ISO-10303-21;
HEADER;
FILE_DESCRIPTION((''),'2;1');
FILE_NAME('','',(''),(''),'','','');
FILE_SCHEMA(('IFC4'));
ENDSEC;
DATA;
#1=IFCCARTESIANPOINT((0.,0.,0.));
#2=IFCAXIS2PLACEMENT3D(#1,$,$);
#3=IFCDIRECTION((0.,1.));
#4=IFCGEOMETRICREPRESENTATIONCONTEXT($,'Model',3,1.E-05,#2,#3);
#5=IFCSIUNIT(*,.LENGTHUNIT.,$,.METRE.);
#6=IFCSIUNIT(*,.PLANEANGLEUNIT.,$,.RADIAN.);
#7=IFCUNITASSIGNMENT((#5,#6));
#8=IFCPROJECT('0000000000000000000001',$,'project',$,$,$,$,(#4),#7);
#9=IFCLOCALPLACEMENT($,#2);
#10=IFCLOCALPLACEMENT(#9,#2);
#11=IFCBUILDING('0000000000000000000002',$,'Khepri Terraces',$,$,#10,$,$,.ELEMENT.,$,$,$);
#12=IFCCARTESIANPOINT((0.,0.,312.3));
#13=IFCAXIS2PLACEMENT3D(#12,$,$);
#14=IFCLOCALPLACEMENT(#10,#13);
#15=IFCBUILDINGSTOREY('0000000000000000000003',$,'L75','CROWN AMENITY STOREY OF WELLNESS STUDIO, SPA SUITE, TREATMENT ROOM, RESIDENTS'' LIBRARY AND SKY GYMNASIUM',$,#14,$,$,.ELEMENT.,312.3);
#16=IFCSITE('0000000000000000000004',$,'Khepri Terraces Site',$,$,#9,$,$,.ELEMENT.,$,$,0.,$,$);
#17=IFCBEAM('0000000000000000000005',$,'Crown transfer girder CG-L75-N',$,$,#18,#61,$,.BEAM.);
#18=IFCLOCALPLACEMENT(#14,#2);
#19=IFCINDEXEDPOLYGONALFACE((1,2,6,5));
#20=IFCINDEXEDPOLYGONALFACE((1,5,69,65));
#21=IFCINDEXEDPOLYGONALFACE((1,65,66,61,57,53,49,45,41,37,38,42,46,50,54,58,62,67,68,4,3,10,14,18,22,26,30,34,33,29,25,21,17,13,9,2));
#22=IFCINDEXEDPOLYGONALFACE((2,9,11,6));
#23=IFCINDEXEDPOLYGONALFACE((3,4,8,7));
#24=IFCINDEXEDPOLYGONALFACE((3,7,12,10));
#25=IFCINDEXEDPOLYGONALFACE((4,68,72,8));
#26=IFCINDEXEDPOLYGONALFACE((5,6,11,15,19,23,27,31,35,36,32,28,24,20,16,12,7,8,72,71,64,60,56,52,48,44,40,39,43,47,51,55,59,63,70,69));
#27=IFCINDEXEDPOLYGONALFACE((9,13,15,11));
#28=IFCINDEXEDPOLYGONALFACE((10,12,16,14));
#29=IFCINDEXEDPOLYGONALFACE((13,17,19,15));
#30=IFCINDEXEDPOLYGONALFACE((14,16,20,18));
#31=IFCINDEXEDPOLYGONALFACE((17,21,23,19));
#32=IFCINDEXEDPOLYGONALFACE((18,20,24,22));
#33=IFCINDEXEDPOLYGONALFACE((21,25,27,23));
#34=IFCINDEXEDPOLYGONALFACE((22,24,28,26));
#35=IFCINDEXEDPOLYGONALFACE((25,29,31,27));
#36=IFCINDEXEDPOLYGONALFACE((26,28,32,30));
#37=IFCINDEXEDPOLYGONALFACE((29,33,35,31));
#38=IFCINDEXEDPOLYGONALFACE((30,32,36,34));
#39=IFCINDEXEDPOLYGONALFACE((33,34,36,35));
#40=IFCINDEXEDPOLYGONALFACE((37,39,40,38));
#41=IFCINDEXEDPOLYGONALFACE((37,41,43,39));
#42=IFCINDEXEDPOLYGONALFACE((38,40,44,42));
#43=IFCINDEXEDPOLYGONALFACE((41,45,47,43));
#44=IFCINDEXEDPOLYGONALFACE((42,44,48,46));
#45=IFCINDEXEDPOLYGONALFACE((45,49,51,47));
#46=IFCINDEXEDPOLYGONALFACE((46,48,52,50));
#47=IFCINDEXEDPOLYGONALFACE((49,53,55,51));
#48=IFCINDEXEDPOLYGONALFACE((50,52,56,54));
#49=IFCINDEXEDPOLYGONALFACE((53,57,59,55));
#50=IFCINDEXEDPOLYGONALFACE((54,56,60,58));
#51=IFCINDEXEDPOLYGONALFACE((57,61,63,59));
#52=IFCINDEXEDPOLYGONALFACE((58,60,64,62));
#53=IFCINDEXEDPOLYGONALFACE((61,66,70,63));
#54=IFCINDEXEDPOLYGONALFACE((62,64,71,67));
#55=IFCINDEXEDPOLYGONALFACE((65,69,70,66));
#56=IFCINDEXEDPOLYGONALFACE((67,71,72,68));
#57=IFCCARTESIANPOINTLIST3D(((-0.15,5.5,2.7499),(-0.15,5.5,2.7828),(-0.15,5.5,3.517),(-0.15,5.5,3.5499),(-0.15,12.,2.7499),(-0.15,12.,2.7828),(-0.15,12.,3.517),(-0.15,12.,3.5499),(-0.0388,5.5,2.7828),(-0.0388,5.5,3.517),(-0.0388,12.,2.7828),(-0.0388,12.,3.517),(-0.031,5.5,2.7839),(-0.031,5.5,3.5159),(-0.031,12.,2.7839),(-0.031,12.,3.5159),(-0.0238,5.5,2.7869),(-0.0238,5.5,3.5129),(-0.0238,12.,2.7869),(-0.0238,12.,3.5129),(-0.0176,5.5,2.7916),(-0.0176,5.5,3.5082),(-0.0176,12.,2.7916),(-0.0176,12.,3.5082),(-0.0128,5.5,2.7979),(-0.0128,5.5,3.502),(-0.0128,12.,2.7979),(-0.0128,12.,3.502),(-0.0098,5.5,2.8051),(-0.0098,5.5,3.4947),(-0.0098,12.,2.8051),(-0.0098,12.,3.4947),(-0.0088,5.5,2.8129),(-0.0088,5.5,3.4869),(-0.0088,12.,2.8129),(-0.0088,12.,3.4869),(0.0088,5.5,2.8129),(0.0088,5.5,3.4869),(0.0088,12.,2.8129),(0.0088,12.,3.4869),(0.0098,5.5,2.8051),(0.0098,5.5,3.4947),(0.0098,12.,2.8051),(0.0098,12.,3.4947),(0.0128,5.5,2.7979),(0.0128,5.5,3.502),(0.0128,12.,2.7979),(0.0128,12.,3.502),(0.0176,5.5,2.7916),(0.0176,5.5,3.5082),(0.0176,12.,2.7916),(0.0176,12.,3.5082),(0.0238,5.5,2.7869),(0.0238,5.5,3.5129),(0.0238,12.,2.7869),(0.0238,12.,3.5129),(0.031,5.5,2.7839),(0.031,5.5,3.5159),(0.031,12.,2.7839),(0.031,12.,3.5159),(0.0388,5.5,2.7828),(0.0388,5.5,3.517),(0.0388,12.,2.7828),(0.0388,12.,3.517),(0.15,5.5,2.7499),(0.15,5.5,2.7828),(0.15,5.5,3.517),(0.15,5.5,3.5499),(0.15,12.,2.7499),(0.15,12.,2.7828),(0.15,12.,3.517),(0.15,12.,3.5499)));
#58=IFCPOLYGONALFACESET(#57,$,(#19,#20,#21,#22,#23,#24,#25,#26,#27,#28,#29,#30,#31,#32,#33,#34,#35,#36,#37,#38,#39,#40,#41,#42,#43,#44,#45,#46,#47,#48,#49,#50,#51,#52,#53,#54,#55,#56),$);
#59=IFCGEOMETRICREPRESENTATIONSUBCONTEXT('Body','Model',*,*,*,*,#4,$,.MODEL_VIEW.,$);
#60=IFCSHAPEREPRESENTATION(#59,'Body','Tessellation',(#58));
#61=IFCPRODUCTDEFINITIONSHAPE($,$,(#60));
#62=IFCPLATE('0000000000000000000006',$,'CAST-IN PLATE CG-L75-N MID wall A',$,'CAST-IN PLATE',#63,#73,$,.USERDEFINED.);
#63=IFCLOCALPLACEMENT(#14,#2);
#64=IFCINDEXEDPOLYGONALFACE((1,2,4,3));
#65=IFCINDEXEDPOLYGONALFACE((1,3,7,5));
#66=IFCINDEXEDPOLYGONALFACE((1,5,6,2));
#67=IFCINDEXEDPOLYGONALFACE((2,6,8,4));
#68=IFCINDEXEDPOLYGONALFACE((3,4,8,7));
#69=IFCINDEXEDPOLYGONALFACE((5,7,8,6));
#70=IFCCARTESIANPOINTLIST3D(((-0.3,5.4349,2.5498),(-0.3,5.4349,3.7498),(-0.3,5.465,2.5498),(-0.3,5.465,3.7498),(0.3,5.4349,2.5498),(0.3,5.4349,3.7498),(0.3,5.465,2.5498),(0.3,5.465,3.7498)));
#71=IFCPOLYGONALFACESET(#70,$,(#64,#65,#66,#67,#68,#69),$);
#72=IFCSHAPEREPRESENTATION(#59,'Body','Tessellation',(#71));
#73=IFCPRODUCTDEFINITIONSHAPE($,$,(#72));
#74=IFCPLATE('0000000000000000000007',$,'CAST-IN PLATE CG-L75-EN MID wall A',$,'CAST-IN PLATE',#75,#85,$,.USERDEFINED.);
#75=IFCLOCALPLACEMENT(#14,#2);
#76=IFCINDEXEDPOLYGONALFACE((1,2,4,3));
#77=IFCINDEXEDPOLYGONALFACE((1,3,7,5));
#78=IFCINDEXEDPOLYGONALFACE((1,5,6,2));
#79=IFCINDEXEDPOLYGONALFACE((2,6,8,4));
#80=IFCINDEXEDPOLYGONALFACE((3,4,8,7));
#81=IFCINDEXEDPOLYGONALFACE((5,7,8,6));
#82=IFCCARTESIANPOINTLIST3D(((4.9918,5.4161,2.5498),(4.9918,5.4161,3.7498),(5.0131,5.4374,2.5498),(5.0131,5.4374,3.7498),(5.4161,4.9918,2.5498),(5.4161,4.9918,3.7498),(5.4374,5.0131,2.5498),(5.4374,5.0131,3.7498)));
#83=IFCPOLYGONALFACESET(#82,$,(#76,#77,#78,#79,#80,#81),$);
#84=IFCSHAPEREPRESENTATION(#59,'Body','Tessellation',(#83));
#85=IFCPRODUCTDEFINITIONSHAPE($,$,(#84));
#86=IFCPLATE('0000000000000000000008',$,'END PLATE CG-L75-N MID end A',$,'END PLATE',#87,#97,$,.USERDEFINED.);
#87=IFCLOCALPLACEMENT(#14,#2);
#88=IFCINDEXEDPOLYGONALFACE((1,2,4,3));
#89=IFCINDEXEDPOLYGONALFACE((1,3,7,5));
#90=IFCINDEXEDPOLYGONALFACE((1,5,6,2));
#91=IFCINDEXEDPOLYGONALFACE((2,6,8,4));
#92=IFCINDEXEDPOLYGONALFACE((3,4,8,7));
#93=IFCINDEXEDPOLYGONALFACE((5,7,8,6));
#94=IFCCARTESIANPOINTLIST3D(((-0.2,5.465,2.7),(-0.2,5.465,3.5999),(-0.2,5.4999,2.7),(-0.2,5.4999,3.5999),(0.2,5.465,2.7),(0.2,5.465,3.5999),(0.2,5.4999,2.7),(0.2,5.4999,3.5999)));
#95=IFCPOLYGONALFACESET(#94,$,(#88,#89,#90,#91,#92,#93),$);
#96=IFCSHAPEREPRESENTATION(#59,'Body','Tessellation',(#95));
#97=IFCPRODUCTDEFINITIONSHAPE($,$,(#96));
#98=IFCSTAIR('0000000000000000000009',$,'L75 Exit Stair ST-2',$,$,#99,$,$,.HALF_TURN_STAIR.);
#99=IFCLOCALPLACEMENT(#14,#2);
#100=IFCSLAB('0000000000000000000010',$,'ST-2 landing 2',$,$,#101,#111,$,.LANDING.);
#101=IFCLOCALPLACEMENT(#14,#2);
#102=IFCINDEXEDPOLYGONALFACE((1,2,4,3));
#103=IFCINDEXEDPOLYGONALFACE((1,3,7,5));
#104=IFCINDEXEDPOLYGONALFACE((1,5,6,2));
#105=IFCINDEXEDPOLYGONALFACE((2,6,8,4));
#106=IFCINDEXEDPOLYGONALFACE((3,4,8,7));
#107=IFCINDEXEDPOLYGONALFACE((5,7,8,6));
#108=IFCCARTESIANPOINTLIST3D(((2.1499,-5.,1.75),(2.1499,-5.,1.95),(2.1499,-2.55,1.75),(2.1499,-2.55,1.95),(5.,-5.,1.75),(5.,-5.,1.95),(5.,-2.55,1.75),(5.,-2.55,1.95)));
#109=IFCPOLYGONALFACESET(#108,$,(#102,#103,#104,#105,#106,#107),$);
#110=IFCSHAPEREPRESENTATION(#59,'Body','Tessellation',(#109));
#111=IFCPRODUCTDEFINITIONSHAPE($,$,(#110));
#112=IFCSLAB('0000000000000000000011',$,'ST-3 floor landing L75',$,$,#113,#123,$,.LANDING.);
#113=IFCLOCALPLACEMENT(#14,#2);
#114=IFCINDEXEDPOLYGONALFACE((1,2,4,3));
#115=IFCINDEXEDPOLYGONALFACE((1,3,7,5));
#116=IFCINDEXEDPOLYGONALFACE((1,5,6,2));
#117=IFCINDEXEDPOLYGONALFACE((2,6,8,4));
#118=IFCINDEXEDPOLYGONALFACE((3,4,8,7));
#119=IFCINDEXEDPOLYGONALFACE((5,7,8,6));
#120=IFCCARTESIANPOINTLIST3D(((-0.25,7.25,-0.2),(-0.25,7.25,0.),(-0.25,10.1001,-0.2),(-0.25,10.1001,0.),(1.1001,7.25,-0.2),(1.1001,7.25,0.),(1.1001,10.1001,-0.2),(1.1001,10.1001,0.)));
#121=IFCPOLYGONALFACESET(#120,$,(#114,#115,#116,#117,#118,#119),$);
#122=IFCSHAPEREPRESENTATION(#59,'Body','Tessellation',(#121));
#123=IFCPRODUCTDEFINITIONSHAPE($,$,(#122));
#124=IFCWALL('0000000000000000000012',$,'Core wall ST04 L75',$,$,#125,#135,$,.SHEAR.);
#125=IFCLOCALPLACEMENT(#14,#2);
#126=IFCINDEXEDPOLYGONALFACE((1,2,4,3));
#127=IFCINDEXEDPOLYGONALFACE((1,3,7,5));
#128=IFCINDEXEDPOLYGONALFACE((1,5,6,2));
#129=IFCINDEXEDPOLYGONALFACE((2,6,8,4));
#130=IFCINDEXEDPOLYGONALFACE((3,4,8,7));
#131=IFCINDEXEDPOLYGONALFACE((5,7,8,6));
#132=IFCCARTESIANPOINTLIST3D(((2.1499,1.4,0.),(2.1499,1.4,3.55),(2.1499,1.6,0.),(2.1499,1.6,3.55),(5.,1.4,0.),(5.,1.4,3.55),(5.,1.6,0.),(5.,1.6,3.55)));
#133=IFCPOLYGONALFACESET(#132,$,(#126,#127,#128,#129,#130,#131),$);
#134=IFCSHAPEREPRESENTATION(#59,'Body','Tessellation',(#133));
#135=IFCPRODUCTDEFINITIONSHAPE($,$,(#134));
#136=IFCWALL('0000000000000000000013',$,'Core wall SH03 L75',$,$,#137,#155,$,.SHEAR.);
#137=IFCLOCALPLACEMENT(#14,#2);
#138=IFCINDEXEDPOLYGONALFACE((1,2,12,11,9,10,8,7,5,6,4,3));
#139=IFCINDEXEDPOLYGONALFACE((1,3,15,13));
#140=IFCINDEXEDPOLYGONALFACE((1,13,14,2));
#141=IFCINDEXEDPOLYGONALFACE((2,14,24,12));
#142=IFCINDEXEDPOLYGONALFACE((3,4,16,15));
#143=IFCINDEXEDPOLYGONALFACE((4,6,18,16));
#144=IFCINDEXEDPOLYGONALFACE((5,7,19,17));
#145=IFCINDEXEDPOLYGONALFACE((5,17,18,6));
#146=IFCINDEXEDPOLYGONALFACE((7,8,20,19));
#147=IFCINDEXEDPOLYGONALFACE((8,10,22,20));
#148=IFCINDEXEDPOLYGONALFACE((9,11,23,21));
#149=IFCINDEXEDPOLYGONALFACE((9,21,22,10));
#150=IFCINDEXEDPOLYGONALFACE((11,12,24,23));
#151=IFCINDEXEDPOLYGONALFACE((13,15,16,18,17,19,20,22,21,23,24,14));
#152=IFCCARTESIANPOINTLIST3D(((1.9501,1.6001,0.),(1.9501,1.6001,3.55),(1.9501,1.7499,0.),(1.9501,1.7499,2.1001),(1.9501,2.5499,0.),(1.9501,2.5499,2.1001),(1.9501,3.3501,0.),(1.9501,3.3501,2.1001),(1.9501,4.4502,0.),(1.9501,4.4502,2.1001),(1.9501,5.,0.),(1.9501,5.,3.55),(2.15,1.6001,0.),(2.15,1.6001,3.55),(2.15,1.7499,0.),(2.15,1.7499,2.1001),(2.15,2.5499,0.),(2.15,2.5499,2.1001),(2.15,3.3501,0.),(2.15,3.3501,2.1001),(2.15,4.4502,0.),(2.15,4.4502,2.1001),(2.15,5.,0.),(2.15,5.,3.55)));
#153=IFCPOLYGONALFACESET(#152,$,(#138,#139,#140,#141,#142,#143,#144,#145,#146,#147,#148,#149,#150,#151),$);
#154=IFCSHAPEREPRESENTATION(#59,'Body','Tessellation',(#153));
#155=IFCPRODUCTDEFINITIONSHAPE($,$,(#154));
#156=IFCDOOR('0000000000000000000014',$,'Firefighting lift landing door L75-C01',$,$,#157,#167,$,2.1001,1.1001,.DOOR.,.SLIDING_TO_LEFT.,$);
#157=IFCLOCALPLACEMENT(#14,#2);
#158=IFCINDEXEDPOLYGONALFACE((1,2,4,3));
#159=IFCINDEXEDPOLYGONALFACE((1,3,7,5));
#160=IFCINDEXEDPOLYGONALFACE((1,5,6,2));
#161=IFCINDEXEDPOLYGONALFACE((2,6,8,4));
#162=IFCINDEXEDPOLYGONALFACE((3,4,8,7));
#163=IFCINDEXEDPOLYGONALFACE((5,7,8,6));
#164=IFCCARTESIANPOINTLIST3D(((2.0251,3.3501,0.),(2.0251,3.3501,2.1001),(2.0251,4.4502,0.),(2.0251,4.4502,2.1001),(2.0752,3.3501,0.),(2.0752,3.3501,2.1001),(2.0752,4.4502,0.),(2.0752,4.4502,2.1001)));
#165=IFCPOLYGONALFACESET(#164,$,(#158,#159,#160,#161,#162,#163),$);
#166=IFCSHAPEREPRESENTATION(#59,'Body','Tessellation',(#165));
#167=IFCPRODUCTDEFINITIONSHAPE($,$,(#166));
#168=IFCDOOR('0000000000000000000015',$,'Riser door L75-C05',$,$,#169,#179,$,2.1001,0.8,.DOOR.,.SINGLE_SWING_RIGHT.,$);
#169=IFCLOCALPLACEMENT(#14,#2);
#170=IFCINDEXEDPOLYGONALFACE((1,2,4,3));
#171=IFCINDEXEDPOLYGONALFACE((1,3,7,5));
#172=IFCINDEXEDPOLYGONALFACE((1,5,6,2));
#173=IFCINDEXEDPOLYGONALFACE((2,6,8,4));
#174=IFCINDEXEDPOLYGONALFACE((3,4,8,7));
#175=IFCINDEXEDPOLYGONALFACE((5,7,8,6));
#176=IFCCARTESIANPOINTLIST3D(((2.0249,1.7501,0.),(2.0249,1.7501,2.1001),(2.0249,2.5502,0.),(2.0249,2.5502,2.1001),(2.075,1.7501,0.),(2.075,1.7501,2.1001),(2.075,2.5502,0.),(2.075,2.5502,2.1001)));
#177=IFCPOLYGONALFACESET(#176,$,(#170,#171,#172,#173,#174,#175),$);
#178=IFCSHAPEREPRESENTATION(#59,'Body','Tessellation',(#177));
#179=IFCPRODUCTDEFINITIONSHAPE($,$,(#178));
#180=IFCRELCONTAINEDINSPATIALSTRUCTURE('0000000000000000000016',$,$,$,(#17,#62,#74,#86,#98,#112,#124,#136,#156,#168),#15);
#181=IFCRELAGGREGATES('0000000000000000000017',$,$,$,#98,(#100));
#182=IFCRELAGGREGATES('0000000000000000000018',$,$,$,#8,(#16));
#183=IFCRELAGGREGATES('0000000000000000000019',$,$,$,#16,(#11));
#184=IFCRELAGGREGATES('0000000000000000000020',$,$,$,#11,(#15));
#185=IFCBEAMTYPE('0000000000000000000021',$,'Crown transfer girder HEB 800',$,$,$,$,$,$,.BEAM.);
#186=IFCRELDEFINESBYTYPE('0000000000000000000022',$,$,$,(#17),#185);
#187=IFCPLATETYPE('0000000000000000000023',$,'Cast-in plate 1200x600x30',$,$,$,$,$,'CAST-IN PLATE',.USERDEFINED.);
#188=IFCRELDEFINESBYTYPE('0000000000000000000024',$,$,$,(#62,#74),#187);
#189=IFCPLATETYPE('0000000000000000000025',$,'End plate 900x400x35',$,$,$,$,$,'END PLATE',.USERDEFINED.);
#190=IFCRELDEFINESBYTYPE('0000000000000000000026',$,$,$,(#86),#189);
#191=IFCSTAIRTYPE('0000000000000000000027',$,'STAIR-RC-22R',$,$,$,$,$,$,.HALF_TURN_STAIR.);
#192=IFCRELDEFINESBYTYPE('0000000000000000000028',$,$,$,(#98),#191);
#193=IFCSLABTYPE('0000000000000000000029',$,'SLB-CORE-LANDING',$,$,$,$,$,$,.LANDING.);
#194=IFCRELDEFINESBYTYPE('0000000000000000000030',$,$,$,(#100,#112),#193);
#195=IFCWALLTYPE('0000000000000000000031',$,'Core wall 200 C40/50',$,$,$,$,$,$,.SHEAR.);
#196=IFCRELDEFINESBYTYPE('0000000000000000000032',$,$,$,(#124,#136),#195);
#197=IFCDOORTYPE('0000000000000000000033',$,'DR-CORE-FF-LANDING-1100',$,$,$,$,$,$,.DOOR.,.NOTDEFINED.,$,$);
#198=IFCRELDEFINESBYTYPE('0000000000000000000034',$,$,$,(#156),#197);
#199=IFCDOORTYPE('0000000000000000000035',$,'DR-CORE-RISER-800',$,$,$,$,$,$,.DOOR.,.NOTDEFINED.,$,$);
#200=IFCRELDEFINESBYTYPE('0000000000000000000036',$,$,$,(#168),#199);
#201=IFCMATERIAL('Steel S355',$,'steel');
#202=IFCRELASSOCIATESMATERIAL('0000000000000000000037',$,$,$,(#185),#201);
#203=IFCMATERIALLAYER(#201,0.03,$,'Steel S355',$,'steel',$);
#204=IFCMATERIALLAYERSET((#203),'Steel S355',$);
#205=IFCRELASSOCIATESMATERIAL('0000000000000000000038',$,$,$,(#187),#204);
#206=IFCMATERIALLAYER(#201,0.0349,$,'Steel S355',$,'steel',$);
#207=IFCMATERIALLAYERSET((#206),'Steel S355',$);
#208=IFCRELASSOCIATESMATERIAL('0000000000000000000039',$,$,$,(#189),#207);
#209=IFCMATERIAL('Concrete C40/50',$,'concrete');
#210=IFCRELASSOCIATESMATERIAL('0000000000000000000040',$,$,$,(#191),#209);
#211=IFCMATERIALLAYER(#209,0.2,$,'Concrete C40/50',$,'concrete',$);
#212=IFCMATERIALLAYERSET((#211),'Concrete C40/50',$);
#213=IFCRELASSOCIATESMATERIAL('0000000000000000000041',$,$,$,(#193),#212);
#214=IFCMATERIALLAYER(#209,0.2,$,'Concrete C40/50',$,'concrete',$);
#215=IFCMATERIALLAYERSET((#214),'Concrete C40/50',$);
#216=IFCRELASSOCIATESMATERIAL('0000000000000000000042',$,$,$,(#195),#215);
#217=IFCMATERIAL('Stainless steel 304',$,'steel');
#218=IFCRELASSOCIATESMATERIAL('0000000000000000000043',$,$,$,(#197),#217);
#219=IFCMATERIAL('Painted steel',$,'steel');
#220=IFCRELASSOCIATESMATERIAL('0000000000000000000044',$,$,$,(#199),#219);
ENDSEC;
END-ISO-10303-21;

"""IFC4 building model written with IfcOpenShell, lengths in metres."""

from ifc_helpers import new_model, si_unit, direction, frame, frame_2d, origin, origin_2d, place, context, subcontext, project, spatial, polyline, rectangle, i_section, outline, extrude, material, layer, layer_set, material_profile, profile_set, type_object, element, fill, aggregate, save


model = new_model("IFC4")

# Units and contexts
model_context = context("Model", 3, precision=1e-05, world=origin(), true_north=direction((0.0, 1.0)))
body_context = subcontext(model_context, "Body", "Model", "MODEL_VIEW")
ifc_project = project(units=[si_unit("LENGTHUNIT", "METRE"), si_unit("PLANEANGLEUNIT", "RADIAN")], contexts=[model_context])

# Site, building, storey
site_placement = place(None, origin())
site = spatial("IfcSite", under=ifc_project, at=site_placement, Name="Khepri Terraces Site", CompositionType="ELEMENT", RefElevation=0.0)
building_placement = place(site_placement, origin())
building = spatial("IfcBuilding", under=site, at=building_placement, Name="Khepri Terraces", CompositionType="ELEMENT")
storey_placement = place(building_placement, frame((0.0, 0.0, 312.3)))
storey = spatial("IfcBuildingStorey", under=building, at=storey_placement, Name="L75", Description="CROWN AMENITY STOREY OF WELLNESS STUDIO, SPA SUITE, TREATMENT ROOM, RESIDENTS' LIBRARY AND SKY GYMNASIUM", CompositionType="ELEMENT", Elevation=312.3)

# Beam
ifc_material_1 = material(Name="Steel S355", Category="steel")
ifc_material_profile = material_profile(ifc_material_1, i_section(OverallWidth=0.3, OverallDepth=0.8, WebThickness=0.0176, FlangeThickness=0.033, FilletRadius=0.03, at=origin_2d()), Name="Steel S355", Category="steel")
ifc_profile_set = profile_set([ifc_material_profile], Name="Steel S355")
beam_type = type_object("IfcBeamType", Name="Crown transfer girder HEB 800", PredefinedType="BEAM", material=ifc_profile_set)
beam_placement = place(storey_placement, frame((0.0, 5.5, 3.1499), z_axis=(0.0, 1.0, 0.0), x_axis=(-1.0, 0.0, 0.0)))
element("IfcBeam", 1, at=beam_placement, inside=storey, type_object=beam_type, Name="Crown transfer girder CG-L75-N", PredefinedType="BEAM", context=body_context, shape_type="SweptSolid", body=[
    extrude(i_section(OverallWidth=0.3, OverallDepth=0.8, WebThickness=0.0176, FlangeThickness=0.033, FilletRadius=0.03, at=origin_2d()), origin(), (0.0, 0.0, 1.0), 6.5),
])

# Plates
ifc_layer_1 = layer(ifc_material_1, 0.03, Name="Steel S355", Category="steel")
ifc_layer_set_1 = layer_set([ifc_layer_1], Name="Steel S355")
plate_type_1 = type_object("IfcPlateType", Name="Cast-in plate 1200x600x30", ElementType="CAST-IN PLATE", PredefinedType="USERDEFINED", material=ifc_layer_set_1)
for number, where, z_axis, x_axis, name in (
    (2, (0.0, 5.45, 2.5498), (0.0, 0.0, 1.0), (0.0, 1.0, 0.0), "CAST-IN PLATE CG-L75-N MID wall A"),
    (3, (5.2146, 5.2146, 2.5498), (0.0, 0.0, 1.0), (0.707107, 0.707107, 0.0), "CAST-IN PLATE CG-L75-EN MID wall A"),
):
    element("IfcPlate", number, at=place(storey_placement, frame(where, z_axis=z_axis, x_axis=x_axis)), inside=storey, type_object=plate_type_1, Name=name, ObjectType="CAST-IN PLATE", PredefinedType="USERDEFINED", context=body_context, shape_type="SweptSolid", body=[
        extrude(rectangle(XDim=0.03, YDim=0.6001, at=origin_2d()), origin(), (0.0, 0.0, 1.0), 1.2),
    ])
ifc_layer_2 = layer(ifc_material_1, 0.0349, Name="Steel S355", Category="steel")
ifc_layer_set_2 = layer_set([ifc_layer_2], Name="Steel S355")
plate_type_2 = type_object("IfcPlateType", Name="End plate 900x400x35", ElementType="END PLATE", PredefinedType="USERDEFINED", material=ifc_layer_set_2)
plate_placement = place(storey_placement, frame((0.0, 5.4824, 2.7), z_axis=(0.0, 0.0, 1.0), x_axis=(0.0, 1.0, 0.0)))
element("IfcPlate", 4, at=plate_placement, inside=storey, type_object=plate_type_2, Name="END PLATE CG-L75-N MID end A", ObjectType="END PLATE", PredefinedType="USERDEFINED", context=body_context, shape_type="SweptSolid", body=[
    extrude(rectangle(XDim=0.0349, YDim=0.3999, at=origin_2d()), origin(), (0.0, 0.0, 1.0), 0.8999),
])

# Stair, slab
ifc_material_2 = material(Name="Concrete C40/50", Category="concrete")
stair_type = type_object("IfcStairType", Name="STAIR-RC-22R", PredefinedType="HALF_TURN_STAIR", material=ifc_material_2)
stair_placement = place(storey_placement, origin())
stair = element("IfcStair", 5, at=stair_placement, inside=storey, type_object=stair_type, Name="L75 Exit Stair ST-2", PredefinedType="HALF_TURN_STAIR")
ifc_layer_3 = layer(ifc_material_2, 0.2, Name="Concrete C40/50", Category="concrete")
ifc_layer_set_3 = layer_set([ifc_layer_3], Name="Concrete C40/50")
slab_type = type_object("IfcSlabType", Name="SLB-CORE-LANDING", PredefinedType="LANDING", material=ifc_layer_set_3)
slab_1_placement = place(storey_placement, frame((0.0, 0.0, 1.75)))
slab_1 = element("IfcSlab", 6, at=slab_1_placement, type_object=slab_type, Name="ST-2 landing 2", PredefinedType="LANDING", context=body_context, shape_type="SweptSolid", body=[
    extrude(outline(polyline([(2.1499, -2.55), (2.1499, -5.0), (5.0, -5.0), (5.0, -2.55), (2.1499, -2.55)])), origin(), (0.0, 0.0, 1.0), 0.2),
])

# Slab
slab_2_placement = place(storey_placement, frame((0.0, 0.0, -0.2)))
element("IfcSlab", 7, at=slab_2_placement, inside=storey, type_object=slab_type, Name="ST-3 floor landing L75", PredefinedType="LANDING", context=body_context, shape_type="SweptSolid", body=[
    extrude(outline(polyline([(1.1001, 10.1001), (-0.25, 10.1001), (-0.25, 7.25), (1.1001, 7.25), (1.1001, 10.1001)])), origin(), (0.0, 0.0, 1.0), 0.2),
])

# Wall
ifc_layer_4 = layer(ifc_material_2, 0.2, Name="Concrete C40/50", Category="concrete")
ifc_layer_set_4 = layer_set([ifc_layer_4], Name="Concrete C40/50")
wall_type_1 = type_object("IfcWallType", Name="Core wall 200 C40/50", PredefinedType="SHEAR", material=ifc_layer_set_4)
wall_1_placement = place(storey_placement, frame((2.1499, 1.5, 0.0), z_axis=(0.0, 0.0, 1.0), x_axis=(1.0, 0.0, 0.0)))
element("IfcWall", 8, at=wall_1_placement, inside=storey, type_object=wall_type_1, Name="Core wall ST04 L75", PredefinedType="SHEAR", context=body_context, shape_type="SweptSolid", body=[
    extrude(rectangle(XDim=2.8501, YDim=0.2, at=frame_2d((1.425, 0.0))), origin(), (0.0, 0.0, 1.0), 3.55),
])

# Wall, openings, doors
wall_2_placement = place(storey_placement, frame((2.05, 1.6001, 0.0), z_axis=(0.0, 0.0, 1.0), x_axis=(0.0, 1.0, 0.0)))
wall_2 = element("IfcWall", 9, at=wall_2_placement, inside=storey, type_object=wall_type_1, Name="Core wall SH03 L75", PredefinedType="SHEAR", context=body_context, shape_type="SweptSolid", body=[
    extrude(rectangle(XDim=3.3999, YDim=0.2, at=frame_2d((1.7, 0.0))), origin(), (0.0, 0.0, 1.0), 3.55),
])
opening_1_placement = place(wall_2_placement, frame((1.75, 0.0, 0.0)))
opening_1 = element("IfcOpeningElement", 10, at=opening_1_placement, cuts=wall_2, PredefinedType="OPENING", context=body_context, shape_type="SweptSolid", body=[
    extrude(rectangle(XDim=1.1001, YDim=2.1001, at=frame_2d((0.55, 1.05))), frame((0.0, 0.1099, 0.0), z_axis=(0.0, -1.0, 0.0), x_axis=(1.0, 0.0, 0.0)), (0.0, 0.0, 1.0), 0.22),
])
opening_2_placement = place(wall_2_placement, frame((0.1499, 0.0, 0.0)))
opening_2 = element("IfcOpeningElement", 11, at=opening_2_placement, cuts=wall_2, PredefinedType="OPENING", context=body_context, shape_type="SweptSolid", body=[
    extrude(rectangle(XDim=0.8, YDim=2.1001, at=frame_2d((0.3999, 1.05))), frame((0.0, 0.1099, 0.0), z_axis=(0.0, -1.0, 0.0), x_axis=(1.0, 0.0, 0.0)), (0.0, 0.0, 1.0), 0.22),
])
ifc_material_3 = material(Name="Stainless steel 304", Category="steel")
door_type_1 = type_object("IfcDoorType", Name="DR-CORE-FF-LANDING-1100", OperationType="NOTDEFINED", PredefinedType="DOOR", material=ifc_material_3)
door_1_placement = place(opening_1_placement, origin())
door_1 = element("IfcDoor", 12, at=door_1_placement, inside=storey, type_object=door_type_1, Name="Firefighting lift landing door L75-C01", OperationType="SLIDING_TO_LEFT", OverallHeight=2.1001, OverallWidth=1.1001, PredefinedType="DOOR", context=body_context, shape_type="SweptSolid", body=[
    extrude(rectangle(XDim=1.1001, YDim=2.1001, at=frame_2d((0.55, 1.05))), frame((0.0, 0.0249, 0.0), z_axis=(0.0, -1.0, 0.0), x_axis=(1.0, 0.0, 0.0)), (0.0, 0.0, 1.0), 0.05),
])
fill(opening_1, door_1)
ifc_material_4 = material(Name="Painted steel", Category="steel")
door_type_2 = type_object("IfcDoorType", Name="DR-CORE-RISER-800", OperationType="NOTDEFINED", PredefinedType="DOOR", material=ifc_material_4)
door_2_placement = place(opening_2_placement, frame((0.8, 0.0, 0.0), z_axis=(0.0, 0.0, 1.0), x_axis=(-1.0, 0.0, 0.0)))
door_2 = element("IfcDoor", 13, at=door_2_placement, inside=storey, type_object=door_type_2, Name="Riser door L75-C05", OperationType="SINGLE_SWING_RIGHT", OverallHeight=2.1001, OverallWidth=0.8, PredefinedType="DOOR", context=body_context, shape_type="SweptSolid", body=[
    extrude(rectangle(XDim=0.8, YDim=2.1001, at=frame_2d((0.3999, 1.05))), frame((0.0, 0.0249, 0.0), z_axis=(0.0, -1.0, 0.0), x_axis=(1.0, 0.0, 0.0)), (0.0, 0.0, 1.0), 0.05),
])
fill(opening_2, door_2)

aggregate(stair, [slab_1])

save(model, "model.ifc")
